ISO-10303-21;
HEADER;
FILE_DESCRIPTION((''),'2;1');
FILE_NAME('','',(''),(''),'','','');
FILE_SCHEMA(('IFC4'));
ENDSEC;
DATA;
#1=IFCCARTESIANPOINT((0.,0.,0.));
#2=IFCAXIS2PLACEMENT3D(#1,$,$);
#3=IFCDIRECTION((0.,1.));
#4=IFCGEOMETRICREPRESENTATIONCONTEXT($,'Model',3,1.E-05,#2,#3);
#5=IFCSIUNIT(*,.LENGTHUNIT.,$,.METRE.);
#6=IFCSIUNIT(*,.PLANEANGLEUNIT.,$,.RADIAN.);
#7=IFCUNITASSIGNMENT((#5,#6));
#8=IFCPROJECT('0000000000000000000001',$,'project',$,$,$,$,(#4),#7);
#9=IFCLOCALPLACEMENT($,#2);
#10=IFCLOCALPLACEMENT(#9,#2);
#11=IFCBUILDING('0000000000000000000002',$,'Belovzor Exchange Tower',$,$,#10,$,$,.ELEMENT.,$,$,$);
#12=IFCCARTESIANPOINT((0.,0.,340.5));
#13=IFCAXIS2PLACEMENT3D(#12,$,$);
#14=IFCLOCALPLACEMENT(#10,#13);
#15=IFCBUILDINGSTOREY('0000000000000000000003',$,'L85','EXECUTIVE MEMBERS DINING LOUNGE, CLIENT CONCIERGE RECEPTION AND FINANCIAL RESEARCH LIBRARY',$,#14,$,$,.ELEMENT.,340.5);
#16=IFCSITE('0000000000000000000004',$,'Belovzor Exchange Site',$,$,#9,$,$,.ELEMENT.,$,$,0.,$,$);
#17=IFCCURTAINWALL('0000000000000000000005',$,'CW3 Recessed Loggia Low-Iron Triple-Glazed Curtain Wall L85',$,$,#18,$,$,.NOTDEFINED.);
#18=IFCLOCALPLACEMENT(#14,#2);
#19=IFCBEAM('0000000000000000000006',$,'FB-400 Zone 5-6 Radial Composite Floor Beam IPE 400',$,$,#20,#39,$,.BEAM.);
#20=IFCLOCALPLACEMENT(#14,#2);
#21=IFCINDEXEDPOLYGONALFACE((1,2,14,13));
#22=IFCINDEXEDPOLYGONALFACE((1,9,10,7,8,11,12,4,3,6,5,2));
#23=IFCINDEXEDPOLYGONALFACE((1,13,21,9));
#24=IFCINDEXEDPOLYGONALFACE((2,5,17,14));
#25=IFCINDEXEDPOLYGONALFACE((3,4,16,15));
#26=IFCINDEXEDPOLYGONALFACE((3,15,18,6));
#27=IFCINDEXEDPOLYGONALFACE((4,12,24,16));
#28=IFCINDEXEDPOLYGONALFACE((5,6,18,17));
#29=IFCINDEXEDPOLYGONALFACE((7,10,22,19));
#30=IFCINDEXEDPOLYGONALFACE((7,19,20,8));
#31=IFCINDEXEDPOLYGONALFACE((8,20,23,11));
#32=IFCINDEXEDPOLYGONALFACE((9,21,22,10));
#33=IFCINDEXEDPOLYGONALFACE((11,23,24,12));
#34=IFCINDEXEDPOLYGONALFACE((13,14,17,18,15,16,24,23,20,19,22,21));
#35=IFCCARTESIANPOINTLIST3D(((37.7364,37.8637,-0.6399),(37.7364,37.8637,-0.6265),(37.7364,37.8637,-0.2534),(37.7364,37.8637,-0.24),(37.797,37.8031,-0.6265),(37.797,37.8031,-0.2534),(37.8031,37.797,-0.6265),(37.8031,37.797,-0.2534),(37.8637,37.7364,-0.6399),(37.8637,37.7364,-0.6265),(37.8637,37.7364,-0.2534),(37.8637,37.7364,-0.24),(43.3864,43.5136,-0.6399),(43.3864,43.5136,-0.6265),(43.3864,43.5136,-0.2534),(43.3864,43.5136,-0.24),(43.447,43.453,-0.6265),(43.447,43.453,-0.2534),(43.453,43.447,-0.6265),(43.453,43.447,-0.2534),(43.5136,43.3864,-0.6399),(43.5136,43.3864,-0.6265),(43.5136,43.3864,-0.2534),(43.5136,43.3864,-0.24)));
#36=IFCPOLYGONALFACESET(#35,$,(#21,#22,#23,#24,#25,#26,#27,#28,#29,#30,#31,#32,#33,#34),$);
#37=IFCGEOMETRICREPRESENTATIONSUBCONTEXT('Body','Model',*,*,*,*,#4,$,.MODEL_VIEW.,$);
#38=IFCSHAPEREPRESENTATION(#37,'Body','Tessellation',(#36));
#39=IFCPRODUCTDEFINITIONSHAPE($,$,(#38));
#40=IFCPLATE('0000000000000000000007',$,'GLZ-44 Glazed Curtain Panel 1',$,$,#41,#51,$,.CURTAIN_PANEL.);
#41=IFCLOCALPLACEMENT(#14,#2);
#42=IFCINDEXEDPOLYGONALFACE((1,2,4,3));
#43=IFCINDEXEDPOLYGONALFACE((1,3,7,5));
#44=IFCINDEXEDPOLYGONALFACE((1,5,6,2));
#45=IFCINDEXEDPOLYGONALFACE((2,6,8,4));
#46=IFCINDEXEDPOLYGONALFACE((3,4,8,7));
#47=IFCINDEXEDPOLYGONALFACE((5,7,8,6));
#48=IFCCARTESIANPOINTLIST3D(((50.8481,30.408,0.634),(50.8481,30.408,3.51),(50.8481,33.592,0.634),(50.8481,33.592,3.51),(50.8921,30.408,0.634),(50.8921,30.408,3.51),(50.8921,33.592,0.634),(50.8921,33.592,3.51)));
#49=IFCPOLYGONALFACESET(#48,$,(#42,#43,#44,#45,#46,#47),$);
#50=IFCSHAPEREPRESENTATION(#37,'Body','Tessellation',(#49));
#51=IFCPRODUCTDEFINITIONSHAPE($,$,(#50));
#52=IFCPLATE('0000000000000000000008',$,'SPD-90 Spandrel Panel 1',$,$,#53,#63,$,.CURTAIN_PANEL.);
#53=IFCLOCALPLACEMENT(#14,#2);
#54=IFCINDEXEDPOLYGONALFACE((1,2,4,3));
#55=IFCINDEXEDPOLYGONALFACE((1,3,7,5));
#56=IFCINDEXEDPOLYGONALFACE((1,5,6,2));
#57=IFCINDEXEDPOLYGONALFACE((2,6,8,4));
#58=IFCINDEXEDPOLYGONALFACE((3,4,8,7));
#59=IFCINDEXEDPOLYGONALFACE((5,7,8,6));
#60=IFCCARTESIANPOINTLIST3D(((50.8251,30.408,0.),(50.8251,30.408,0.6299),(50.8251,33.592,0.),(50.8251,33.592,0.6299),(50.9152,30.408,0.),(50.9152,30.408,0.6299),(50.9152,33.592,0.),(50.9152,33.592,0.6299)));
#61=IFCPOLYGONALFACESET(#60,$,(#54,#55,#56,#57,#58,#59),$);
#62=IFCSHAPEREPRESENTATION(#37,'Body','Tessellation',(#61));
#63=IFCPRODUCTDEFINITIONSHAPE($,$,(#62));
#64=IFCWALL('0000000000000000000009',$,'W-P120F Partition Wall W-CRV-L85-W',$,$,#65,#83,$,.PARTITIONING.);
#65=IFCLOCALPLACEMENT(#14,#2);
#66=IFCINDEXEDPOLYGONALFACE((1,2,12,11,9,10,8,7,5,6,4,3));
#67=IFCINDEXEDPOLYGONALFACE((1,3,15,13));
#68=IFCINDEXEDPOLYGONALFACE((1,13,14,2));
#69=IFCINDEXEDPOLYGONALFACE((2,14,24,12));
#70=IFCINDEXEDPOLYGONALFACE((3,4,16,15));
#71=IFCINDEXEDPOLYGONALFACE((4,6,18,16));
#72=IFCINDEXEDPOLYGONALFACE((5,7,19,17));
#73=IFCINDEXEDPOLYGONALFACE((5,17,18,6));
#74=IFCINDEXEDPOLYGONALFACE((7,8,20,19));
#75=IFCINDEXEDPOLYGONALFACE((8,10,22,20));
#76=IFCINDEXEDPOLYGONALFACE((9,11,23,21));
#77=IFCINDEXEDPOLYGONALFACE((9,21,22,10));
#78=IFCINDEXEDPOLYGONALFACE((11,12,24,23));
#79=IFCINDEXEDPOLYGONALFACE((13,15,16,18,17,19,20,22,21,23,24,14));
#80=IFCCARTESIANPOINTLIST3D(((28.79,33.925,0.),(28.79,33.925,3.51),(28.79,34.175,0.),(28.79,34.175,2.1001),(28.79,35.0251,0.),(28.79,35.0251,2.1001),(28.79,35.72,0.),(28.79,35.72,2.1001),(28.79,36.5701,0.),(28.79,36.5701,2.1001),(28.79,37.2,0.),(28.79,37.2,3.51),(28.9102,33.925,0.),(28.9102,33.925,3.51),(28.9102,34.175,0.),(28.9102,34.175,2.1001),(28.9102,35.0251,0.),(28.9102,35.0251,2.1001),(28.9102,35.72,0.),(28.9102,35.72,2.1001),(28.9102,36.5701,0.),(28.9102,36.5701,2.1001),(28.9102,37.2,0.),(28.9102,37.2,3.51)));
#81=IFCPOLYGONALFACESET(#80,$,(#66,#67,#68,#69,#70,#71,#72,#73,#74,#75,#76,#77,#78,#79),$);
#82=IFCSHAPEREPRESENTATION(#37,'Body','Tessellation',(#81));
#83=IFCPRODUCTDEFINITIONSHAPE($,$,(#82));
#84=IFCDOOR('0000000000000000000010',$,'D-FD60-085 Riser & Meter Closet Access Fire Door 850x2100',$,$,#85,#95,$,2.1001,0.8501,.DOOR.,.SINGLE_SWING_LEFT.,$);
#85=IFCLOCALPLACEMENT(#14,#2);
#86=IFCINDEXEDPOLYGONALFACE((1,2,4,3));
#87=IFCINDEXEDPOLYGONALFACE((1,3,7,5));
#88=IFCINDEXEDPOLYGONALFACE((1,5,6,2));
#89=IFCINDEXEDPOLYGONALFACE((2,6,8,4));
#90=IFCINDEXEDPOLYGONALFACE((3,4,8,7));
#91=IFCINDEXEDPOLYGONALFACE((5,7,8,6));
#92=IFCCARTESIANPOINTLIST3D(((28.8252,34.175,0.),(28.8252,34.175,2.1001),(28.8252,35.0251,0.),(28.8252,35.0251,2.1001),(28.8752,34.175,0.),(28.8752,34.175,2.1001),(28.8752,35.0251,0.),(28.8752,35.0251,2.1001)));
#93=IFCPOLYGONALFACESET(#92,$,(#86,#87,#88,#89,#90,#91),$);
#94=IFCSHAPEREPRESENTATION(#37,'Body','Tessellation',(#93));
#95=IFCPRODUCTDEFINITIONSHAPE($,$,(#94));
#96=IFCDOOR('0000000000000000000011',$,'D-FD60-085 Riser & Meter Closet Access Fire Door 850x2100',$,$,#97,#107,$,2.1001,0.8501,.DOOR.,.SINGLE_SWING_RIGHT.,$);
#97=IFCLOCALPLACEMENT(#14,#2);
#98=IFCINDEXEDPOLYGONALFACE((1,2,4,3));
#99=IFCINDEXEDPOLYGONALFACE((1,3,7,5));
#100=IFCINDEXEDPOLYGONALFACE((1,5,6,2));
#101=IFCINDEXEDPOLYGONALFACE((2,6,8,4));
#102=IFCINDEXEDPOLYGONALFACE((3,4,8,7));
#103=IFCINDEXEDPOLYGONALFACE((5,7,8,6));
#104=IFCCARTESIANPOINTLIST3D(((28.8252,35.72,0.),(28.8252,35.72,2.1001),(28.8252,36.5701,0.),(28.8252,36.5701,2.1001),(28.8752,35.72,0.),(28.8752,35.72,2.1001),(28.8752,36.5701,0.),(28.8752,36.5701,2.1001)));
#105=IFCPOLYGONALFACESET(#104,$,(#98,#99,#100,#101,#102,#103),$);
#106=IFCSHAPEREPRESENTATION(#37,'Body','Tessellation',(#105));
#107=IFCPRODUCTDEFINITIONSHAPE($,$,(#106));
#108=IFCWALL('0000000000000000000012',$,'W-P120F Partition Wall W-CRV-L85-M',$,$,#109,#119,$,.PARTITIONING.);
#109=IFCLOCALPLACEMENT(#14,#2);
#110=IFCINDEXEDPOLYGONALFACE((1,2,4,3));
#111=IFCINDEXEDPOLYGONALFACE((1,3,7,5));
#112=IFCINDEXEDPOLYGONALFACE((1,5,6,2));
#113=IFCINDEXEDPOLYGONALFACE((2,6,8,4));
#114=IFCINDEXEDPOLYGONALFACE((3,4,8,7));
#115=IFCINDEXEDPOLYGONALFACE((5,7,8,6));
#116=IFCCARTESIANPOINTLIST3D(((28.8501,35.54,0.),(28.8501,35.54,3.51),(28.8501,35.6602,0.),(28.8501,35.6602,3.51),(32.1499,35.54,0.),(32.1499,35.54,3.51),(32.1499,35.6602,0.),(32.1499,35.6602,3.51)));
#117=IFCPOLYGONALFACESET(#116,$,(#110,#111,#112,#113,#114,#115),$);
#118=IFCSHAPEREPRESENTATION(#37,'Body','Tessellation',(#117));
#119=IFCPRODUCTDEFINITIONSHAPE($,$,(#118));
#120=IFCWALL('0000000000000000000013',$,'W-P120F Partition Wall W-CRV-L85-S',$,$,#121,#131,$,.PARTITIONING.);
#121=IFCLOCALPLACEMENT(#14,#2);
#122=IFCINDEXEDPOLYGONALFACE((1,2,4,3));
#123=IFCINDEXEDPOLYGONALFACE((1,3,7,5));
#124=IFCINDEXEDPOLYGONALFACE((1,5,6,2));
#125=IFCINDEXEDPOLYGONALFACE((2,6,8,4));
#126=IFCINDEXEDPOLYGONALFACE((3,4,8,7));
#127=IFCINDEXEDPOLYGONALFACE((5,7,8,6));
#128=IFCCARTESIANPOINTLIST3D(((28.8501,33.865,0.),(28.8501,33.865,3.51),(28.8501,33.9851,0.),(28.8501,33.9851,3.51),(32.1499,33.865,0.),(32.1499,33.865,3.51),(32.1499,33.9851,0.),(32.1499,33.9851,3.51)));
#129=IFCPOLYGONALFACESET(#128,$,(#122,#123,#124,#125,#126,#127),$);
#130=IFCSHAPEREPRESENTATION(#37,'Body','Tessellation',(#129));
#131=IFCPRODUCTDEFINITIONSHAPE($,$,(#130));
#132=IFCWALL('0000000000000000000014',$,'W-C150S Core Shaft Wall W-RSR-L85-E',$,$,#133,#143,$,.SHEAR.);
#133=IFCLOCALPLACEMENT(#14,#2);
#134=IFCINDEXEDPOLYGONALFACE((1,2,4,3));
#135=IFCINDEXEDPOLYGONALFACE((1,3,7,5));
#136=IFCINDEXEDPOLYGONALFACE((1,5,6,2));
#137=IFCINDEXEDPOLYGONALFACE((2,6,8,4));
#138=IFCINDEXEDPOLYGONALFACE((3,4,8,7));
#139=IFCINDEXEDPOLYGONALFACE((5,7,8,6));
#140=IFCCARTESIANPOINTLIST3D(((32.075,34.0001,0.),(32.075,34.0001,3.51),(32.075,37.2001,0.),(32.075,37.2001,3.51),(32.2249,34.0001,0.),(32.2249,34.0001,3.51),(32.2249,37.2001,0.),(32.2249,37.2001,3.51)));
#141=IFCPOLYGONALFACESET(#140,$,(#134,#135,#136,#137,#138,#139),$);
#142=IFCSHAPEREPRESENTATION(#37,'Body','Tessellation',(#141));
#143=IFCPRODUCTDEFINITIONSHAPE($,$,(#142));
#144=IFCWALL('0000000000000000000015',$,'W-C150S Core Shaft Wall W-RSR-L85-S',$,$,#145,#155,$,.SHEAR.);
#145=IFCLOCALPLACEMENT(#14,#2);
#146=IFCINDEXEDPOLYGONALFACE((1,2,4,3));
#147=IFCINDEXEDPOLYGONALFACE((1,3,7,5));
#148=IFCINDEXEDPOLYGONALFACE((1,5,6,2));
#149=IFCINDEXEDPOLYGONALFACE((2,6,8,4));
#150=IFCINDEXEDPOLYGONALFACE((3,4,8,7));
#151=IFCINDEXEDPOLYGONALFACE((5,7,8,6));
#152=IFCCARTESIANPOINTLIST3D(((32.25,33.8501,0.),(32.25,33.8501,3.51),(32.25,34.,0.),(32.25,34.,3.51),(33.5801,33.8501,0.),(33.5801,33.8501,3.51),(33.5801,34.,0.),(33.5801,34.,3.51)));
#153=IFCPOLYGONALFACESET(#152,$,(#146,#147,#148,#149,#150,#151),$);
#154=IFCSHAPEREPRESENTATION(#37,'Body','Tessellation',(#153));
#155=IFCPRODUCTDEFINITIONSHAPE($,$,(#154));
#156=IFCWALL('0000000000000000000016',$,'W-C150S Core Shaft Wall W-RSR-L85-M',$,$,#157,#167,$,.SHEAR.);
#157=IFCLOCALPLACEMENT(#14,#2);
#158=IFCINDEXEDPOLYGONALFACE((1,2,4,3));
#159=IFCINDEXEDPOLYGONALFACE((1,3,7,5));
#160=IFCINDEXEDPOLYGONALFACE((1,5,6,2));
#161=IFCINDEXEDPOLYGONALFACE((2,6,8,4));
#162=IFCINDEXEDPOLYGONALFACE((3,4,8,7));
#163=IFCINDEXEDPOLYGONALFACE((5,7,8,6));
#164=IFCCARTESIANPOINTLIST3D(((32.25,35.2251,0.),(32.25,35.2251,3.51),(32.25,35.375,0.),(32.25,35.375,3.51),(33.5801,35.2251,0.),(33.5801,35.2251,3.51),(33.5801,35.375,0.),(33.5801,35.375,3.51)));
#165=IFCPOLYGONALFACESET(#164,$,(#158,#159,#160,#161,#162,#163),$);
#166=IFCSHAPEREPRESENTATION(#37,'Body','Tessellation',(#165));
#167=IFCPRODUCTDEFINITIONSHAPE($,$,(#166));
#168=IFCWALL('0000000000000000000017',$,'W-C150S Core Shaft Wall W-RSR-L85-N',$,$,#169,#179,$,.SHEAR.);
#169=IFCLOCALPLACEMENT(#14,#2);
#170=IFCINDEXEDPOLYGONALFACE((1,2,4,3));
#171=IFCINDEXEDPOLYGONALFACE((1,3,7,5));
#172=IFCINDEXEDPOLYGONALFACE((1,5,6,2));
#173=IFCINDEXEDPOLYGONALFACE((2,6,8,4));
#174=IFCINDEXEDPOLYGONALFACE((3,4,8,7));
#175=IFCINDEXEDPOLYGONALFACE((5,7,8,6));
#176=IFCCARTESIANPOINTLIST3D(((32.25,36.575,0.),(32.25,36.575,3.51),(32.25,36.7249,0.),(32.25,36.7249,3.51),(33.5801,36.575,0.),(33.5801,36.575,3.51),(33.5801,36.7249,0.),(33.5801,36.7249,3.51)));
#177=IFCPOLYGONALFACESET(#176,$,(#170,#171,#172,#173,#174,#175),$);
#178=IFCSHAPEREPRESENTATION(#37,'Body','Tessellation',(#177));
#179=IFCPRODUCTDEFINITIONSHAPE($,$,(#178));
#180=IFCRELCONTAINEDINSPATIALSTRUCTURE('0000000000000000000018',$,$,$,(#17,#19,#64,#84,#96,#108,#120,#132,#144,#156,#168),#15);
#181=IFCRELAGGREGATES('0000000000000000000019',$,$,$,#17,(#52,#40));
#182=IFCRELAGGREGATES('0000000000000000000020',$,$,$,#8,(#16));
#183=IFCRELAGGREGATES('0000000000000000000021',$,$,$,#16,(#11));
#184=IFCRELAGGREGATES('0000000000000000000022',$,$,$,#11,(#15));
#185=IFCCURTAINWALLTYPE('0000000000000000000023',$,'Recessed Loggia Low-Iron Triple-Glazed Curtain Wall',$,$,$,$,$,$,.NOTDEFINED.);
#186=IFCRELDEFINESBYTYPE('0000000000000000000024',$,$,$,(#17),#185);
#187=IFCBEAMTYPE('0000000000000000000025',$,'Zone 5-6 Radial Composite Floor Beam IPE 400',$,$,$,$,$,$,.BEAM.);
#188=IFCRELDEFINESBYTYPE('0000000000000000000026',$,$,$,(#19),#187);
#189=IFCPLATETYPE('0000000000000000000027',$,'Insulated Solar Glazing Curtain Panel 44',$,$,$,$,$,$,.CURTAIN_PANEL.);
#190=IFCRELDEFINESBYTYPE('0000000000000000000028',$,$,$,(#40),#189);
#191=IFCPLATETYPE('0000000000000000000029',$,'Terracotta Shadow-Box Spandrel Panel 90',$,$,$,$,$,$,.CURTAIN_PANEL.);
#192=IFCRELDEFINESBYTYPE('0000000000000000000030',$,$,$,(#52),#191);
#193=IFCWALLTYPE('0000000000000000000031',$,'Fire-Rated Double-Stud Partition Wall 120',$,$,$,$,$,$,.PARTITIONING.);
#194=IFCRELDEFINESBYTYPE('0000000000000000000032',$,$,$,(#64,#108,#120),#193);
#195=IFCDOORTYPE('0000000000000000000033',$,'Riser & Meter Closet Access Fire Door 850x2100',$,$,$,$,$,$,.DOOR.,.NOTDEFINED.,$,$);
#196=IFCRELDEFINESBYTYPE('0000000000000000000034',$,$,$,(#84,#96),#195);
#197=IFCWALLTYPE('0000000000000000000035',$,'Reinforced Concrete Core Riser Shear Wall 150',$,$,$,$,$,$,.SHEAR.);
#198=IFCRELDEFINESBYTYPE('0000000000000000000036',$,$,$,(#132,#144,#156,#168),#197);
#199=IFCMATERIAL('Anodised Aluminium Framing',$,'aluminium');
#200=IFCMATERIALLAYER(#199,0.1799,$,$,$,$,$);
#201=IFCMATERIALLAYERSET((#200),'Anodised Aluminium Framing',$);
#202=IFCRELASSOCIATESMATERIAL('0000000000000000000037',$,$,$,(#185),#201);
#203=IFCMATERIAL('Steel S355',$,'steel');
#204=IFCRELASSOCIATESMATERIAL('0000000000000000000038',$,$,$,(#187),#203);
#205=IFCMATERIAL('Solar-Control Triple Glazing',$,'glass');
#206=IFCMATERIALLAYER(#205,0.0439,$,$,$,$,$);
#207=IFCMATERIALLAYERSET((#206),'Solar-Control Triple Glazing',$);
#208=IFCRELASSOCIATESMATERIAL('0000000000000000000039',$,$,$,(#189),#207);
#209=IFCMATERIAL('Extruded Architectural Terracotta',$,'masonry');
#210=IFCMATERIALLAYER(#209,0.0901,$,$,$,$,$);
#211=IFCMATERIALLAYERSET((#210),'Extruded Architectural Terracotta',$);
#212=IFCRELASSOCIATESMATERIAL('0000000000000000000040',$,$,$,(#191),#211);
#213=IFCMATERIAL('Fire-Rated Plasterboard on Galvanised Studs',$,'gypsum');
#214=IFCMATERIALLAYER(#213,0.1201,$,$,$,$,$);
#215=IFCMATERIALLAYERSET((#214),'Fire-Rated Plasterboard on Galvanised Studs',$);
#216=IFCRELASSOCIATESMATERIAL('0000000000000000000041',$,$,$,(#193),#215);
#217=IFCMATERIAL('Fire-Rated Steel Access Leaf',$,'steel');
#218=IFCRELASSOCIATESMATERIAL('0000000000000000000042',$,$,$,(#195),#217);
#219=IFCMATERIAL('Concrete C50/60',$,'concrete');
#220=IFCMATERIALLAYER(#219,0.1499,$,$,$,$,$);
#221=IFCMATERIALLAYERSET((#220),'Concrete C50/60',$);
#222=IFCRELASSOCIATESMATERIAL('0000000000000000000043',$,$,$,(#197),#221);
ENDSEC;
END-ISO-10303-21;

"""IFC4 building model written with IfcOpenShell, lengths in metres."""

from ifc_helpers import new_model, si_unit, direction, frame, frame_2d, origin, origin_2d, place, context, subcontext, project, spatial, rectangle, i_section, extrude, material, layer, layer_set, material_profile, profile_set, type_object, element, fill, aggregate, save


model = new_model("IFC4")

# Units and contexts
model_context = context("Model", 3, precision=1e-05, world=origin(), true_north=direction((0.0, 1.0)))
body_context = subcontext(model_context, "Body", "Model", "MODEL_VIEW")
ifc_project = project(units=[si_unit("LENGTHUNIT", "METRE"), si_unit("PLANEANGLEUNIT", "RADIAN")], contexts=[model_context])

# Site, building, storey
site_placement = place(None, origin())
site = spatial("IfcSite", under=ifc_project, at=site_placement, Name="Belovzor Exchange Site", CompositionType="ELEMENT", RefElevation=0.0)
building_placement = place(site_placement, origin())
building = spatial("IfcBuilding", under=site, at=building_placement, Name="Belovzor Exchange Tower", CompositionType="ELEMENT")
storey_placement = place(building_placement, frame((0.0, 0.0, 340.5)))
storey = spatial("IfcBuildingStorey", under=building, at=storey_placement, Name="L85", Description="EXECUTIVE MEMBERS DINING LOUNGE, CLIENT CONCIERGE RECEPTION AND FINANCIAL RESEARCH LIBRARY", CompositionType="ELEMENT", Elevation=340.5)

# Curtain wall
ifc_material_1 = material(Name="Anodised Aluminium Framing", Category="aluminium")
ifc_layer_1 = layer(ifc_material_1, 0.1799)
ifc_layer_set_1 = layer_set([ifc_layer_1], Name="Anodised Aluminium Framing")
curtain_wall_type = type_object("IfcCurtainWallType", Name="Recessed Loggia Low-Iron Triple-Glazed Curtain Wall", PredefinedType="NOTDEFINED", material=ifc_layer_set_1)
curtain_wall_placement = place(storey_placement, origin())
curtain_wall = element("IfcCurtainWall", 1, at=curtain_wall_placement, inside=storey, type_object=curtain_wall_type, Name="CW3 Recessed Loggia Low-Iron Triple-Glazed Curtain Wall L85", PredefinedType="NOTDEFINED")

# Beam
ifc_material_2 = material(Name="Steel S355", Category="steel")
ifc_material_profile_1 = material_profile(ifc_material_2, i_section(OverallWidth=0.1799, OverallDepth=0.3999, WebThickness=0.0085, FlangeThickness=0.0134, at=origin_2d()))
ifc_profile_set_1 = profile_set([ifc_material_profile_1], Name="Steel S355")
beam_type_1 = type_object("IfcBeamType", Name="Zone 5-6 Radial Composite Floor Beam IPE 400", PredefinedType="BEAM", material=ifc_profile_set_1)
beam_1_placement = place(storey_placement, frame((37.8, 37.8, -0.4399), z_axis=(0.707107, 0.707107, 0.0), x_axis=(-0.707107, 0.707107, 0.0)))
element("IfcBeam", 2, at=beam_1_placement, inside=storey, type_object=beam_type_1, Name="FB-400 Zone 5-6 Radial Composite Floor Beam IPE 400", PredefinedType="BEAM", context=body_context, shape_type="SweptSolid", body=[
    extrude(i_section(OverallWidth=0.1799, OverallDepth=0.3999, WebThickness=0.0085, FlangeThickness=0.0134, at=origin_2d()), origin(), (0.0, 0.0, 1.0), 7.9902),
])

# Plates
ifc_material_3 = material(Name="Solar-Control Triple Glazing", Category="glass")
ifc_layer_2 = layer(ifc_material_3, 0.0439)
ifc_layer_set_2 = layer_set([ifc_layer_2], Name="Solar-Control Triple Glazing")
plate_type_1 = type_object("IfcPlateType", Name="Insulated Solar Glazing Curtain Panel 44", PredefinedType="CURTAIN_PANEL", material=ifc_layer_set_2)
plate_1_placement = place(storey_placement, frame((50.8701, 32.0, 0.634), z_axis=(0.0, 0.0, 1.0), x_axis=(0.0, -1.0, 0.0)))
plate_1 = element("IfcPlate", 3, at=plate_1_placement, type_object=plate_type_1, Name="GLZ-44 Glazed Curtain Panel 1", PredefinedType="CURTAIN_PANEL", context=body_context, shape_type="SweptSolid", body=[
    extrude(rectangle(XDim=3.1841, YDim=0.0439, at=origin_2d()), origin(), (0.0, 0.0, 1.0), 2.876),
])
ifc_material_4 = material(Name="Extruded Architectural Terracotta", Category="masonry")
ifc_layer_3 = layer(ifc_material_4, 0.0901)
ifc_layer_set_3 = layer_set([ifc_layer_3], Name="Extruded Architectural Terracotta")
plate_type_2 = type_object("IfcPlateType", Name="Terracotta Shadow-Box Spandrel Panel 90", PredefinedType="CURTAIN_PANEL", material=ifc_layer_set_3)
plate_2_placement = place(storey_placement, frame((50.8701, 32.0, 0.0), z_axis=(0.0, 0.0, 1.0), x_axis=(0.0, -1.0, 0.0)))
plate_2 = element("IfcPlate", 4, at=plate_2_placement, type_object=plate_type_2, Name="SPD-90 Spandrel Panel 1", PredefinedType="CURTAIN_PANEL", context=body_context, shape_type="SweptSolid", body=[
    extrude(rectangle(XDim=3.1841, YDim=0.0901, at=origin_2d()), origin(), (0.0, 0.0, 1.0), 0.6299),
])
aggregate(curtain_wall, [plate_2, plate_1])

# Wall, openings, doors
ifc_material_5 = material(Name="Fire-Rated Plasterboard on Galvanised Studs", Category="gypsum")
ifc_layer_4 = layer(ifc_material_5, 0.1201)
ifc_layer_set_4 = layer_set([ifc_layer_4], Name="Fire-Rated Plasterboard on Galvanised Studs")
wall_type_1 = type_object("IfcWallType", Name="Fire-Rated Double-Stud Partition Wall 120", PredefinedType="PARTITIONING", material=ifc_layer_set_4)
wall_1_placement = place(storey_placement, frame((28.8501, 33.925, 0.0), z_axis=(0.0, 0.0, 1.0), x_axis=(0.0, 1.0, 0.0)))
wall_1 = element("IfcWall", 5, at=wall_1_placement, inside=storey, type_object=wall_type_1, Name="W-P120F Partition Wall W-CRV-L85-W", PredefinedType="PARTITIONING", context=body_context, shape_type="SweptSolid", body=[
    extrude(rectangle(XDim=3.2749, YDim=0.1201, at=frame_2d((1.6375, 0.0))), origin(), (0.0, 0.0, 1.0), 3.51),
])
opening_1_placement = place(wall_1_placement, frame((0.25, 0.0, 0.0)))
opening_1 = element("IfcOpeningElement", 6, at=opening_1_placement, cuts=wall_1, PredefinedType="OPENING", context=body_context, shape_type="SweptSolid", body=[
    extrude(rectangle(XDim=0.8501, YDim=2.1001, at=frame_2d((0.425, 1.05))), frame((0.0, 0.0701, 0.0), z_axis=(0.0, -1.0, 0.0), x_axis=(1.0, 0.0, 0.0)), (0.0, 0.0, 1.0), 0.1401),
])
opening_2_placement = place(wall_1_placement, frame((1.7949, 0.0, 0.0)))
opening_2 = element("IfcOpeningElement", 7, at=opening_2_placement, cuts=wall_1, PredefinedType="OPENING", context=body_context, shape_type="SweptSolid", body=[
    extrude(rectangle(XDim=0.8501, YDim=2.1001, at=frame_2d((0.425, 1.05))), frame((0.0, 0.0701, 0.0), z_axis=(0.0, -1.0, 0.0), x_axis=(1.0, 0.0, 0.0)), (0.0, 0.0, 1.0), 0.1401),
])
ifc_material_6 = material(Name="Fire-Rated Steel Access Leaf", Category="steel")
door_type_1 = type_object("IfcDoorType", Name="Riser & Meter Closet Access Fire Door 850x2100", OperationType="NOTDEFINED", PredefinedType="DOOR", material=ifc_material_6)
door_1_placement = place(opening_1_placement, origin())
door_1 = element("IfcDoor", 8, at=door_1_placement, inside=storey, type_object=door_type_1, Name="D-FD60-085 Riser & Meter Closet Access Fire Door 850x2100", OperationType="SINGLE_SWING_LEFT", OverallHeight=2.1001, OverallWidth=0.8501, PredefinedType="DOOR", context=body_context, shape_type="SweptSolid", body=[
    extrude(rectangle(XDim=0.8501, YDim=2.1001, at=frame_2d((0.425, 1.05))), frame((0.0, 0.0249, 0.0), z_axis=(0.0, -1.0, 0.0), x_axis=(1.0, 0.0, 0.0)), (0.0, 0.0, 1.0), 0.05),
])
fill(opening_1, door_1)
door_2_placement = place(opening_2_placement, origin())
door_2 = element("IfcDoor", 9, at=door_2_placement, inside=storey, type_object=door_type_1, Name="D-FD60-085 Riser & Meter Closet Access Fire Door 850x2100", OperationType="SINGLE_SWING_RIGHT", OverallHeight=2.1001, OverallWidth=0.8501, PredefinedType="DOOR", context=body_context, shape_type="SweptSolid", body=[
    extrude(rectangle(XDim=0.8501, YDim=2.1001, at=frame_2d((0.425, 1.05))), frame((0.0, 0.0249, 0.0), z_axis=(0.0, -1.0, 0.0), x_axis=(1.0, 0.0, 0.0)), (0.0, 0.0, 1.0), 0.05),
])
fill(opening_2, door_2)

# Walls
for number, where, z_axis, x_axis, name in (
    (10, (28.8501, 35.6001, 0.0), (0.0, 0.0, 1.0), (1.0, 0.0, 0.0), "W-P120F Partition Wall W-CRV-L85-M"),
    (11, (28.8501, 33.925, 0.0), (0.0, 0.0, 1.0), (1.0, 0.0, 0.0), "W-P120F Partition Wall W-CRV-L85-S"),
):
    element("IfcWall", number, at=place(storey_placement, frame(where, z_axis=z_axis, x_axis=x_axis)), inside=storey, type_object=wall_type_1, Name=name, PredefinedType="PARTITIONING", context=body_context, shape_type="SweptSolid", body=[
        extrude(rectangle(XDim=3.2998, YDim=0.1201, at=frame_2d((1.6499, 0.0))), origin(), (0.0, 0.0, 1.0), 3.51),
    ])
ifc_material_7 = material(Name="Concrete C50/60", Category="concrete")
ifc_layer_5 = layer(ifc_material_7, 0.1499)
ifc_layer_set_5 = layer_set([ifc_layer_5], Name="Concrete C50/60")
wall_type_2 = type_object("IfcWallType", Name="Reinforced Concrete Core Riser Shear Wall 150", PredefinedType="SHEAR", material=ifc_layer_set_5)
wall_2_placement = place(storey_placement, frame((32.1499, 34.0, 0.0), z_axis=(0.0, 0.0, 1.0), x_axis=(0.0, 1.0, 0.0)))
element("IfcWall", 12, at=wall_2_placement, inside=storey, type_object=wall_type_2, Name="W-C150S Core Shaft Wall W-RSR-L85-E", PredefinedType="SHEAR", context=body_context, shape_type="SweptSolid", body=[
    extrude(rectangle(XDim=3.2, YDim=0.1499, at=frame_2d((1.6001, 0.0))), origin(), (0.0, 0.0, 1.0), 3.51),
])
for number, where, z_axis, x_axis, name in (
    (13, (32.25, 33.925, 0.0), (0.0, 0.0, 1.0), (1.0, 0.0, 0.0), "W-C150S Core Shaft Wall W-RSR-L85-S"),
    (14, (32.25, 35.3, 0.0), (0.0, 0.0, 1.0), (1.0, 0.0, 0.0), "W-C150S Core Shaft Wall W-RSR-L85-M"),
    (15, (32.25, 36.6499, 0.0), (0.0, 0.0, 1.0), (1.0, 0.0, 0.0), "W-C150S Core Shaft Wall W-RSR-L85-N"),
):
    element("IfcWall", number, at=place(storey_placement, frame(where, z_axis=z_axis, x_axis=x_axis)), inside=storey, type_object=wall_type_2, Name=name, PredefinedType="SHEAR", context=body_context, shape_type="SweptSolid", body=[
        extrude(rectangle(XDim=1.3301, YDim=0.1499, at=frame_2d((0.665, 0.0))), origin(), (0.0, 0.0, 1.0), 3.51),
    ])

save(model, "model.ifc")
